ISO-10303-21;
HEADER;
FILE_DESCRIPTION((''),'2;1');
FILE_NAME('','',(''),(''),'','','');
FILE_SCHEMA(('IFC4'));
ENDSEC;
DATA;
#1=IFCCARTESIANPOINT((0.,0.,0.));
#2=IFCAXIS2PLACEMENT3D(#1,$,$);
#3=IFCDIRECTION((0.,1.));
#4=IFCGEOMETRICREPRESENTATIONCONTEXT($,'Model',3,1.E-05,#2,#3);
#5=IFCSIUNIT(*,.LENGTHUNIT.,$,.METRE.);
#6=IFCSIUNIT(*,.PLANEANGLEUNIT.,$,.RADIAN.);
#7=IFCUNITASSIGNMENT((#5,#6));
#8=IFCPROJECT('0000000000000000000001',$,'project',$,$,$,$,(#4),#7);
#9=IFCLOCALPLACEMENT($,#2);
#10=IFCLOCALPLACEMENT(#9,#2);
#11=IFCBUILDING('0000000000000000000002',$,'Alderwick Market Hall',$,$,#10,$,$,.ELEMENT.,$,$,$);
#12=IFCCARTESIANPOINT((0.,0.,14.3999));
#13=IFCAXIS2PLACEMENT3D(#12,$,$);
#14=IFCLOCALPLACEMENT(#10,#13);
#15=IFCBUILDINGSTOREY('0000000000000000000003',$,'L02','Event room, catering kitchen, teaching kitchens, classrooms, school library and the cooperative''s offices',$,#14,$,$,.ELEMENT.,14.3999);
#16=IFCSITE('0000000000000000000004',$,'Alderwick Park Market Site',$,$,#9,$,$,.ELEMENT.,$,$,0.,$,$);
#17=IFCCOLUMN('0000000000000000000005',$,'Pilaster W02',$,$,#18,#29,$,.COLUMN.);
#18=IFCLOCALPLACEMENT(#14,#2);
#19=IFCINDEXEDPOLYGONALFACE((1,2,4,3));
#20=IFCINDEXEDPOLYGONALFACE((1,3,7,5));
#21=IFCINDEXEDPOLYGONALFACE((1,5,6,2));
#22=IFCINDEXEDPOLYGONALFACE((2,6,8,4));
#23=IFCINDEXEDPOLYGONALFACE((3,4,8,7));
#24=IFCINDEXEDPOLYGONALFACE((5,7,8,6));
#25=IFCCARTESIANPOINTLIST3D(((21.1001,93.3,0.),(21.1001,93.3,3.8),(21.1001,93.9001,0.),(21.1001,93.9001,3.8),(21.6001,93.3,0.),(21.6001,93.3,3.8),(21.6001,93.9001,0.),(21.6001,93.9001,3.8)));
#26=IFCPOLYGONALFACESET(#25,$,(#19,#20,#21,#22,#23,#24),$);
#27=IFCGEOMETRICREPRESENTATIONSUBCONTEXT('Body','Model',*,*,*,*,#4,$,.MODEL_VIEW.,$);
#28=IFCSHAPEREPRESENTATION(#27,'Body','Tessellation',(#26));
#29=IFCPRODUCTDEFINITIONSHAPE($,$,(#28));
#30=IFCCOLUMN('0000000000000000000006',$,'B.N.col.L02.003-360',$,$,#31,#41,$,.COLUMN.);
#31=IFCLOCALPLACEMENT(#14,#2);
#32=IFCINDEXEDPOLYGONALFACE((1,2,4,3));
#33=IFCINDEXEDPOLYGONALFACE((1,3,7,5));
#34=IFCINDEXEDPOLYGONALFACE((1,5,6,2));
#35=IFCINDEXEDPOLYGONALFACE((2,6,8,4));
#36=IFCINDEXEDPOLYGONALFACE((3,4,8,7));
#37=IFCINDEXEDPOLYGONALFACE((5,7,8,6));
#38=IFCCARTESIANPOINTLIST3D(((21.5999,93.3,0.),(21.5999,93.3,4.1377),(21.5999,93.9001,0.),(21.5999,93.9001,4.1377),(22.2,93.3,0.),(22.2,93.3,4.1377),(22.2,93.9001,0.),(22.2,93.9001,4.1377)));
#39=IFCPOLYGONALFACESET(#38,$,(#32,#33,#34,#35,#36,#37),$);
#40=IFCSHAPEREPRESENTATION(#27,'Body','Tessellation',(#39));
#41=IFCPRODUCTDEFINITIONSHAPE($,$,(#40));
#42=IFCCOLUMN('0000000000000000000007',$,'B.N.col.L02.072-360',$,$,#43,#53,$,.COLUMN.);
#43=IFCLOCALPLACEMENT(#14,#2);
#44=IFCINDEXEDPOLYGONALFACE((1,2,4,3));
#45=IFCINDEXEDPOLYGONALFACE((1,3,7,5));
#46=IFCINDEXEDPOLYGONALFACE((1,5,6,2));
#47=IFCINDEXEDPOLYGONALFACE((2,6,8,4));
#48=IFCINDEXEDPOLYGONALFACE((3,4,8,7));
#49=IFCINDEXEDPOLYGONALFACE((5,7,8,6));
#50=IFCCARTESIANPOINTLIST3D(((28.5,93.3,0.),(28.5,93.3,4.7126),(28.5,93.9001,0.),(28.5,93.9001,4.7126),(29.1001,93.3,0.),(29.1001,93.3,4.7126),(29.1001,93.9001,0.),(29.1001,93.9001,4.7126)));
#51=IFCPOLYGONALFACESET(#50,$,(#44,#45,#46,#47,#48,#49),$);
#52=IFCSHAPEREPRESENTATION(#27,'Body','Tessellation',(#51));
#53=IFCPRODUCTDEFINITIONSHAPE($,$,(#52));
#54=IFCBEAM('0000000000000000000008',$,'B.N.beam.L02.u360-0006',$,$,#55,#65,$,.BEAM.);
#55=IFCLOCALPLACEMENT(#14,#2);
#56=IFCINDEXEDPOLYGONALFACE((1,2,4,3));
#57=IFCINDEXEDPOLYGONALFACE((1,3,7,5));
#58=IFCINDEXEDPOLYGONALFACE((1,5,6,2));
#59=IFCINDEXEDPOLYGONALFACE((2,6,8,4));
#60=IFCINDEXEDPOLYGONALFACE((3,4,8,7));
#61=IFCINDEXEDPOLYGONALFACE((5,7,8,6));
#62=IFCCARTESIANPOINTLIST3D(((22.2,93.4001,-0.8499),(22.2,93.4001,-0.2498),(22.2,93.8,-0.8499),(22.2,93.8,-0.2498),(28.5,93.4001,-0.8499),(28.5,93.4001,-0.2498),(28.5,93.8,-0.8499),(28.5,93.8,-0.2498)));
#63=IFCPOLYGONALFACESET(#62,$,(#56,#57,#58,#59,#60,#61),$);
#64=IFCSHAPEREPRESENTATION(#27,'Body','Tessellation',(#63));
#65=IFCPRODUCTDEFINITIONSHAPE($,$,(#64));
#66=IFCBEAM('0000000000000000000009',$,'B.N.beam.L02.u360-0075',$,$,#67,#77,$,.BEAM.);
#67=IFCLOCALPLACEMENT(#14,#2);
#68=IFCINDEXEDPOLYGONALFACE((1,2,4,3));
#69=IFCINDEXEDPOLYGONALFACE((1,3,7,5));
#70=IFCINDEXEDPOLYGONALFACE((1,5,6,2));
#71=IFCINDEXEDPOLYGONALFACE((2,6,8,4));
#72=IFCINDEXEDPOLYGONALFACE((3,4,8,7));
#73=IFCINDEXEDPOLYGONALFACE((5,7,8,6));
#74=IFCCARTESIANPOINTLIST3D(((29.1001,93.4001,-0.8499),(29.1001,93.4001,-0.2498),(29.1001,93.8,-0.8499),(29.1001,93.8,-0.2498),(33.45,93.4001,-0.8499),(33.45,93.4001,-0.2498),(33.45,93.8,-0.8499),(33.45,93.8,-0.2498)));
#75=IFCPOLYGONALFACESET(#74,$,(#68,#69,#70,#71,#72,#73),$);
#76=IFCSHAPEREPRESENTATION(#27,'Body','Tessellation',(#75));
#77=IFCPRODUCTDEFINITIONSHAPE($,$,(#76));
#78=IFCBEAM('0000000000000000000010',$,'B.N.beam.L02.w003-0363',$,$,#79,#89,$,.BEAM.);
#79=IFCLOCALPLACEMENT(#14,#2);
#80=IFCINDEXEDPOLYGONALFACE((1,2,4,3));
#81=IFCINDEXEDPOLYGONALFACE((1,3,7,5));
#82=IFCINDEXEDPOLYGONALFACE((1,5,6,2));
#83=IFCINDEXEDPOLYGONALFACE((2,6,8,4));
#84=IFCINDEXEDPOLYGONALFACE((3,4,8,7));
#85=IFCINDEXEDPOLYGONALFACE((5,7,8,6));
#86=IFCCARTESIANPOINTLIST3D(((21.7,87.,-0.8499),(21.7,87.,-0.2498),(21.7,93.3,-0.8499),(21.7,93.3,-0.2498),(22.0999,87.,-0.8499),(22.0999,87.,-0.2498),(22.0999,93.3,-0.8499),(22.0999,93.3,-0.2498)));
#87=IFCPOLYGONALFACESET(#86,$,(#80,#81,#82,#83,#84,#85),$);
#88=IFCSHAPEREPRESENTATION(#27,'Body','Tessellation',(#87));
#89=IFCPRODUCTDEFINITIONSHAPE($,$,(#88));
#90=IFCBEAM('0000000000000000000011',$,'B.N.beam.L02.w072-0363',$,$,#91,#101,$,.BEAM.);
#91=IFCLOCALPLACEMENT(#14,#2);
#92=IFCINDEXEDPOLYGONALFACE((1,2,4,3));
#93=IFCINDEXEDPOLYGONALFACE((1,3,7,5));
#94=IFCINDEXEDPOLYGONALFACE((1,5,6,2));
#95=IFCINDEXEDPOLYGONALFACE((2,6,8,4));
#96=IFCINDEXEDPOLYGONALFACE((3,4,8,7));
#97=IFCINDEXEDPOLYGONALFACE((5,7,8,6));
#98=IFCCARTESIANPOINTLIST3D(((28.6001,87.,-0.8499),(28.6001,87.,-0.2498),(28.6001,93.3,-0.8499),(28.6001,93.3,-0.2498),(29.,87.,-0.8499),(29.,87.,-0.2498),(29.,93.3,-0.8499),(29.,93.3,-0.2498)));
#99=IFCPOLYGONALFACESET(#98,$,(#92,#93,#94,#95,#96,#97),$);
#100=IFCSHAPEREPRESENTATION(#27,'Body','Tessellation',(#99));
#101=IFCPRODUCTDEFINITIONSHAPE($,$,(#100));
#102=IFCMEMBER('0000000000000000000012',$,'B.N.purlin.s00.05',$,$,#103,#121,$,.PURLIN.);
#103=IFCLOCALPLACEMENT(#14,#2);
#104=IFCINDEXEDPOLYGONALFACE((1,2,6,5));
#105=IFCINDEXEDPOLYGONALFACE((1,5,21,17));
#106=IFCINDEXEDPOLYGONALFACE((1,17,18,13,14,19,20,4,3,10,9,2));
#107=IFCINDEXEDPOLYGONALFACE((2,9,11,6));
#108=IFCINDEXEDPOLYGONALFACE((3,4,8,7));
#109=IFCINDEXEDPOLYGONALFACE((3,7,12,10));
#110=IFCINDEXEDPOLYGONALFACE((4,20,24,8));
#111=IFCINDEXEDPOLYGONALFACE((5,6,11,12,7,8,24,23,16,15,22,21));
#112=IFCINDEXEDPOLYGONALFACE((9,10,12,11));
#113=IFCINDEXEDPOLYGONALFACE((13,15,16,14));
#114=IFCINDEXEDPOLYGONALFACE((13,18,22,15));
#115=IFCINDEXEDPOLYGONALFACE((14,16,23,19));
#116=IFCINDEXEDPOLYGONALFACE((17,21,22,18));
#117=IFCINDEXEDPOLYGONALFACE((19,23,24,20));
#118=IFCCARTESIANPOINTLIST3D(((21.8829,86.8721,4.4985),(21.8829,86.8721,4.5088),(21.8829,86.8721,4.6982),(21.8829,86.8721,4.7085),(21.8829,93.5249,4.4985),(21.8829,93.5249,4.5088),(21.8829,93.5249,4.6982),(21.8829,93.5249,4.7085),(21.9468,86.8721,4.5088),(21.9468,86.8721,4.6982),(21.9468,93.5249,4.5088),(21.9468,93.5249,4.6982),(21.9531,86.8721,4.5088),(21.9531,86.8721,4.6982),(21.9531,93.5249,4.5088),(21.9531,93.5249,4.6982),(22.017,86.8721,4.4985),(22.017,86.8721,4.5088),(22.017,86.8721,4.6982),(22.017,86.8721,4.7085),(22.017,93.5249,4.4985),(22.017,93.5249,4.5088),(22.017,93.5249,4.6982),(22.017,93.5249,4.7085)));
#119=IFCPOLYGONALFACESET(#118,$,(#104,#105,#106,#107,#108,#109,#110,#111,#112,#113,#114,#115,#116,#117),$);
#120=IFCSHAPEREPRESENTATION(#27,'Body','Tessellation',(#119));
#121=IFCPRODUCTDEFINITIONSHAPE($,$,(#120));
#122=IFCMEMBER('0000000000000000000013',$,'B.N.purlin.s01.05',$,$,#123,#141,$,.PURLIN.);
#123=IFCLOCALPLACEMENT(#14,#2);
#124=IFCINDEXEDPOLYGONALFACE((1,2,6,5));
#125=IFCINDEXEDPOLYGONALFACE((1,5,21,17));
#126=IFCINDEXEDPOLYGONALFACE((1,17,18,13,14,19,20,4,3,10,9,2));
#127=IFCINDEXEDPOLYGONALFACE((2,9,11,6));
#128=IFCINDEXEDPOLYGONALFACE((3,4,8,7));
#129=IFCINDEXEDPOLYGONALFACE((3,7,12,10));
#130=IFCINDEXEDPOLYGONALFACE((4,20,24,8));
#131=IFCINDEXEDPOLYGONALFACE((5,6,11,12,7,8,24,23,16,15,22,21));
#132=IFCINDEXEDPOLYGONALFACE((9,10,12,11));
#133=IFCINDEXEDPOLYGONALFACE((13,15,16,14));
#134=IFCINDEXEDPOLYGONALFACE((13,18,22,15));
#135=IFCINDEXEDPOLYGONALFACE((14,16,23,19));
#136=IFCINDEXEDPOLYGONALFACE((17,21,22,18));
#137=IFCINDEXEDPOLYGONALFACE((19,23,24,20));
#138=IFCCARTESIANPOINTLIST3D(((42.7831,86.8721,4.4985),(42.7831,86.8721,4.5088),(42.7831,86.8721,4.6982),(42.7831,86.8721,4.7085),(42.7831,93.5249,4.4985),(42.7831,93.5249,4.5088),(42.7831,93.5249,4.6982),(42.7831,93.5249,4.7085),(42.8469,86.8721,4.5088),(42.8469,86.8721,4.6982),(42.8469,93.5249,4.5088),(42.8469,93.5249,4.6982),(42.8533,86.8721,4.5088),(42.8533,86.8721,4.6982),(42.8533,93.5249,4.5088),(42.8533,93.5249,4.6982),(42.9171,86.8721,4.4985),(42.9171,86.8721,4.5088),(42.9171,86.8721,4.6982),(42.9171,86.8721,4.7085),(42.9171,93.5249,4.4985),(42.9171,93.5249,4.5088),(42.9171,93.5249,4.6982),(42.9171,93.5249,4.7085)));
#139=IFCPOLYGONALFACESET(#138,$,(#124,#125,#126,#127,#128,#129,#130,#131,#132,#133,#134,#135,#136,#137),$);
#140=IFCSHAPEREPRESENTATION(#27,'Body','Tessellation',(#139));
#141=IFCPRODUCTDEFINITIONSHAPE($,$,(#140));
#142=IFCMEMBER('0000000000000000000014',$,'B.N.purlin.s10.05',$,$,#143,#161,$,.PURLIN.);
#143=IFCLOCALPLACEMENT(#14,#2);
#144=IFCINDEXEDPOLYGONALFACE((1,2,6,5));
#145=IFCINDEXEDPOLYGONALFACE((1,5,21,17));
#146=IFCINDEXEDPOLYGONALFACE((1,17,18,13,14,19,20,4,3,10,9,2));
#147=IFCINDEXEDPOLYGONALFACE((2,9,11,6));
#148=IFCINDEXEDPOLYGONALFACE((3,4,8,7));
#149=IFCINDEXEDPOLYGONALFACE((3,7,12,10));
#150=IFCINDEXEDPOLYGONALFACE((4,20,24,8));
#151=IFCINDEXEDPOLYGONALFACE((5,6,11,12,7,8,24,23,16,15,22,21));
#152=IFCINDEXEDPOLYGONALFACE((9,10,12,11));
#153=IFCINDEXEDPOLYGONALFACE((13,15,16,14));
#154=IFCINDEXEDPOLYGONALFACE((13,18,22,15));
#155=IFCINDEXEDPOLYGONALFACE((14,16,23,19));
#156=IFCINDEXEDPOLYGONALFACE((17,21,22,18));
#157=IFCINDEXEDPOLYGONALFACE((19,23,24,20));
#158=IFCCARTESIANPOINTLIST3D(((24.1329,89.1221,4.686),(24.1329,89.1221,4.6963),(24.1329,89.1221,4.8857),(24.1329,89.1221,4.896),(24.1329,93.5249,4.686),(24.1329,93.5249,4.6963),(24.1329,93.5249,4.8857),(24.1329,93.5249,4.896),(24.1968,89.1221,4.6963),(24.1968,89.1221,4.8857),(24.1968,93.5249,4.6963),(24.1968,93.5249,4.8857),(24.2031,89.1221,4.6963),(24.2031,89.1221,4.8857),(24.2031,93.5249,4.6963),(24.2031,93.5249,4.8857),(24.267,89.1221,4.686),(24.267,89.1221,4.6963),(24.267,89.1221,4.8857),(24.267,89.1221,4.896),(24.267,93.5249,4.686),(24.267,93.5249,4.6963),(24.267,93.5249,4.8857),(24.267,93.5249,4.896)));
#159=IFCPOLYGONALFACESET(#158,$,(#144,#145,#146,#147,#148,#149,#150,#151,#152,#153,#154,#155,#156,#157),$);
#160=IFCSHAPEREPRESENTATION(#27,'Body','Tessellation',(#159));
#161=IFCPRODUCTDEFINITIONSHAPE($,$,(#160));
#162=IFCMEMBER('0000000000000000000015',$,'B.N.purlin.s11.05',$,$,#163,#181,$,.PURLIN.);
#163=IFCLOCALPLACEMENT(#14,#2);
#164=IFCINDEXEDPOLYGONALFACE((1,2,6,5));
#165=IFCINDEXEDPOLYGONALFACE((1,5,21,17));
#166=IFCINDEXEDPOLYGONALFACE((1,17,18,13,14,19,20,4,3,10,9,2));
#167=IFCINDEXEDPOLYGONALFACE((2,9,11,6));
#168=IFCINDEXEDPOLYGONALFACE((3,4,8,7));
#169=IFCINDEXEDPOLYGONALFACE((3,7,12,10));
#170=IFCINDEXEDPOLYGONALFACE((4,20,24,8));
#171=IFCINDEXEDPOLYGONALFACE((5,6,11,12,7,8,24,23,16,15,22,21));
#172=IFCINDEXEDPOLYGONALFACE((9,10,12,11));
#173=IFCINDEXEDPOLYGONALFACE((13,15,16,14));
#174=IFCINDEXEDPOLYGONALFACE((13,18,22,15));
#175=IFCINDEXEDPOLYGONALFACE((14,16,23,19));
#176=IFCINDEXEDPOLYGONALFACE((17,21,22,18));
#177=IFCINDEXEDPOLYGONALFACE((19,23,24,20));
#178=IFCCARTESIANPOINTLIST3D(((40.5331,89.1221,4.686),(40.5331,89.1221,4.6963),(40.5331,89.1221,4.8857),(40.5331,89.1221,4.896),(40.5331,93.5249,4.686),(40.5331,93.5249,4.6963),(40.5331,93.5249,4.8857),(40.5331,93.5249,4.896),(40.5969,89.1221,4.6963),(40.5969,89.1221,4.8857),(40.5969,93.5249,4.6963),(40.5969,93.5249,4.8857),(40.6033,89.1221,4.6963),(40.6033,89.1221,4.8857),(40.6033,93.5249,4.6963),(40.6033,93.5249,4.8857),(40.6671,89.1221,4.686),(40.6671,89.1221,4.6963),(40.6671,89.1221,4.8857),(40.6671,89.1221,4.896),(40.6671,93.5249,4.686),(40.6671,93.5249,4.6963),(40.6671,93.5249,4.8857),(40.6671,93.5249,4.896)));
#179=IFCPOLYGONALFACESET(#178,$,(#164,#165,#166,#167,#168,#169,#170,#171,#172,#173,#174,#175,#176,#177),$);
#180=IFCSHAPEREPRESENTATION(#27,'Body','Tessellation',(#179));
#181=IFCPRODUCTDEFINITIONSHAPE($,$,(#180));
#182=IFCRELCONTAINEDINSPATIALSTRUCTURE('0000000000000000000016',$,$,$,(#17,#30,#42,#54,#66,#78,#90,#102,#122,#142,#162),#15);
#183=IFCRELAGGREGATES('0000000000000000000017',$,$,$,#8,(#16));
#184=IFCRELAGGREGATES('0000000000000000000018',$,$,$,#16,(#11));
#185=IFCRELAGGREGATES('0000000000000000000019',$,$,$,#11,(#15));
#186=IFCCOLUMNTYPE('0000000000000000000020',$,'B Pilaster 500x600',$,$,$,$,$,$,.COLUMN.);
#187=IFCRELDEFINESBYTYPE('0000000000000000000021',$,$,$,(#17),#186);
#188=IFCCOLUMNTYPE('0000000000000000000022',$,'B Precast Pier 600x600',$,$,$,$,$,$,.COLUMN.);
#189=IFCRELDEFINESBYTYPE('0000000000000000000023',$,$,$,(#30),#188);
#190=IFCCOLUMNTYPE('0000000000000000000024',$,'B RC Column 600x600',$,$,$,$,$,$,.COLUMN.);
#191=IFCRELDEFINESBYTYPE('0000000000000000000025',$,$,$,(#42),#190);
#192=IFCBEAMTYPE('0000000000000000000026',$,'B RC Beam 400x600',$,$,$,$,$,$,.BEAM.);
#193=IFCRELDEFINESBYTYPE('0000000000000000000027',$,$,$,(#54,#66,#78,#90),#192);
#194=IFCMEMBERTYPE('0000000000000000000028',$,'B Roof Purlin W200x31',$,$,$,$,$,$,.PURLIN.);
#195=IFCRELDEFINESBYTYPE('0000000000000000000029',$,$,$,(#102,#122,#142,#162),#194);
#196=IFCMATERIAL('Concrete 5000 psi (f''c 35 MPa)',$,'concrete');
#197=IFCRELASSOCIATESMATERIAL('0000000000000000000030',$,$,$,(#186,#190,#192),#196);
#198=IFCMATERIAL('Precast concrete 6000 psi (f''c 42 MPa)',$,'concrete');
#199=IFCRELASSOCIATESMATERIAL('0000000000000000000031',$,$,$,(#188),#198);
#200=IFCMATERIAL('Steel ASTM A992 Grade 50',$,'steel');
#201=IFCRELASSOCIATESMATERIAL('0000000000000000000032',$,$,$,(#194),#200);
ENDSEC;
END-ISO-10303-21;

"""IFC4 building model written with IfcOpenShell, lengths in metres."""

from ifc_helpers import new_model, si_unit, direction, frame, origin, origin_2d, place, context, subcontext, project, spatial, rectangle, i_section, extrude, material, material_profile, profile_set, type_object, element, save


model = new_model("IFC4")

# Units and contexts
model_context = context("Model", 3, precision=1e-05, world=origin(), true_north=direction((0.0, 1.0)))
body_context = subcontext(model_context, "Body", "Model", "MODEL_VIEW")
ifc_project = project(units=[si_unit("LENGTHUNIT", "METRE"), si_unit("PLANEANGLEUNIT", "RADIAN")], contexts=[model_context])

# Site, building, storey
site_placement = place(None, origin())
site = spatial("IfcSite", under=ifc_project, at=site_placement, Name="Alderwick Park Market Site", CompositionType="ELEMENT", RefElevation=0.0)
building_placement = place(site_placement, origin())
building = spatial("IfcBuilding", under=site, at=building_placement, Name="Alderwick Market Hall", CompositionType="ELEMENT")
storey_placement = place(building_placement, frame((0.0, 0.0, 14.3999)))
storey = spatial("IfcBuildingStorey", under=building, at=storey_placement, Name="L02", Description="Event room, catering kitchen, teaching kitchens, classrooms, school library and the cooperative's offices", CompositionType="ELEMENT", Elevation=14.3999)

# Columns
ifc_material_1 = material(Name="Concrete 5000 psi (f'c 35 MPa)", Category="concrete")
ifc_material_profile_1 = material_profile(ifc_material_1, rectangle(XDim=0.5, YDim=0.6001, at=origin_2d()), Name="B Pilaster 500x600")
ifc_profile_set_1 = profile_set([ifc_material_profile_1], Name="Concrete 5000 psi (f'c 35 MPa)")
column_type_1 = type_object("IfcColumnType", Name="B Pilaster 500x600", PredefinedType="COLUMN", material=ifc_profile_set_1)
column_1_placement = place(storey_placement, frame((21.3501, 93.6001, 0.0), z_axis=(0.0, 0.0, 1.0), x_axis=(1.0, 0.0, 0.0)))
element("IfcColumn", 1, at=column_1_placement, inside=storey, type_object=column_type_1, Name="Pilaster W02", PredefinedType="COLUMN", context=body_context, shape_type="SweptSolid", body=[
    extrude(rectangle(XDim=0.5, YDim=0.6001, at=origin_2d()), origin(), (0.0, 0.0, 1.0), 3.8),
])
ifc_material_2 = material(Name="Precast concrete 6000 psi (f'c 42 MPa)", Category="concrete")
ifc_material_profile_2 = material_profile(ifc_material_2, rectangle(XDim=0.6001, YDim=0.6001, at=origin_2d()), Name="B Precast Pier 600x600")
ifc_profile_set_2 = profile_set([ifc_material_profile_2], Name="Precast concrete 6000 psi (f'c 42 MPa)")
column_type_2 = type_object("IfcColumnType", Name="B Precast Pier 600x600", PredefinedType="COLUMN", material=ifc_profile_set_2)
column_2_placement = place(storey_placement, frame((21.8999, 93.6001, 0.0), z_axis=(0.0, 0.0, 1.0), x_axis=(1.0, 0.0, 0.0)))
element("IfcColumn", 2, at=column_2_placement, inside=storey, type_object=column_type_2, Name="B.N.col.L02.003-360", PredefinedType="COLUMN", context=body_context, shape_type="SweptSolid", body=[
    extrude(rectangle(XDim=0.6001, YDim=0.6001, at=origin_2d()), origin(), (0.0, 0.0, 1.0), 4.1377),
])
ifc_material_profile_3 = material_profile(ifc_material_1, rectangle(XDim=0.6001, YDim=0.6001, at=origin_2d()), Name="B RC Column 600x600")
ifc_profile_set_3 = profile_set([ifc_material_profile_3], Name="Concrete 5000 psi (f'c 35 MPa)")
column_type_3 = type_object("IfcColumnType", Name="B RC Column 600x600", PredefinedType="COLUMN", material=ifc_profile_set_3)
column_3_placement = place(storey_placement, frame((28.8, 93.6001, 0.0), z_axis=(0.0, 0.0, 1.0), x_axis=(1.0, 0.0, 0.0)))
element("IfcColumn", 3, at=column_3_placement, inside=storey, type_object=column_type_3, Name="B.N.col.L02.072-360", PredefinedType="COLUMN", context=body_context, shape_type="SweptSolid", body=[
    extrude(rectangle(XDim=0.6001, YDim=0.6001, at=origin_2d()), origin(), (0.0, 0.0, 1.0), 4.7126),
])

# Beams
ifc_material_profile_4 = material_profile(ifc_material_1, rectangle(XDim=0.3999, YDim=0.6001, at=origin_2d()), Name="B RC Beam 400x600")
ifc_profile_set_4 = profile_set([ifc_material_profile_4], Name="Concrete 5000 psi (f'c 35 MPa)")
beam_type_1 = type_object("IfcBeamType", Name="B RC Beam 400x600", PredefinedType="BEAM", material=ifc_profile_set_4)
beam_1_placement = place(storey_placement, frame((22.2, 93.6001, -0.5498), z_axis=(1.0, 0.0, 0.0), x_axis=(0.0, 1.0, 0.0)))
element("IfcBeam", 4, at=beam_1_placement, inside=storey, type_object=beam_type_1, Name="B.N.beam.L02.u360-0006", PredefinedType="BEAM", context=body_context, shape_type="SweptSolid", body=[
    extrude(rectangle(XDim=0.3999, YDim=0.6001, at=origin_2d()), origin(), (0.0, 0.0, 1.0), 6.3),
])
beam_2_placement = place(storey_placement, frame((29.1001, 93.6001, -0.5498), z_axis=(1.0, 0.0, 0.0), x_axis=(0.0, 1.0, 0.0)))
element("IfcBeam", 5, at=beam_2_placement, inside=storey, type_object=beam_type_1, Name="B.N.beam.L02.u360-0075", PredefinedType="BEAM", context=body_context, shape_type="SweptSolid", body=[
    extrude(rectangle(XDim=0.3999, YDim=0.6001, at=origin_2d()), origin(), (0.0, 0.0, 1.0), 4.3499),
])
for number, where, z_axis, x_axis, name in (
    (6, (21.8999, 93.3, -0.5498), (0.0, -1.0, 0.0), (1.0, 0.0, 0.0), "B.N.beam.L02.w003-0363"),
    (7, (28.8, 93.3, -0.5498), (0.0, -1.0, 0.0), (1.0, 0.0, 0.0), "B.N.beam.L02.w072-0363"),
):
    element("IfcBeam", number, at=place(storey_placement, frame(where, z_axis=z_axis, x_axis=x_axis)), inside=storey, type_object=beam_type_1, Name=name, PredefinedType="BEAM", context=body_context, shape_type="SweptSolid", body=[
        extrude(rectangle(XDim=0.3999, YDim=0.6001, at=origin_2d()), origin(), (0.0, 0.0, 1.0), 6.3),
    ])

# Members
ifc_material_3 = material(Name="Steel ASTM A992 Grade 50", Category="steel")
ifc_material_profile_5 = material_profile(ifc_material_3, i_section(OverallWidth=0.134, OverallDepth=0.21, WebThickness=0.0063, FlangeThickness=0.0103, at=origin_2d()), Name="W200x31")
ifc_profile_set_5 = profile_set([ifc_material_profile_5], Name="Steel ASTM A992 Grade 50")
member_type = type_object("IfcMemberType", Name="B Roof Purlin W200x31", PredefinedType="PURLIN", material=ifc_profile_set_5)
for number, where, z_axis, x_axis, name in (
    (8, (21.95, 93.5249, 4.6035), (0.0, -1.0, 0.0), (1.0, 0.0, 0.0), "B.N.purlin.s00.05"),
    (9, (42.8501, 93.5249, 4.6035), (0.0, -1.0, 0.0), (1.0, 0.0, 0.0), "B.N.purlin.s01.05"),
):
    element("IfcMember", number, at=place(storey_placement, frame(where, z_axis=z_axis, x_axis=x_axis)), inside=storey, type_object=member_type, Name=name, PredefinedType="PURLIN", context=body_context, shape_type="SweptSolid", body=[
        extrude(i_section(OverallWidth=0.134, OverallDepth=0.21, WebThickness=0.0063, FlangeThickness=0.0103, at=origin_2d()), origin(), (0.0, 0.0, 1.0), 6.6528),
    ])
for number, where, z_axis, x_axis, name in (
    (10, (24.2, 93.5249, 4.791), (0.0, -1.0, 0.0), (1.0, 0.0, 0.0), "B.N.purlin.s10.05"),
    (11, (40.6001, 93.5249, 4.791), (0.0, -1.0, 0.0), (1.0, 0.0, 0.0), "B.N.purlin.s11.05"),
):
    element("IfcMember", number, at=place(storey_placement, frame(where, z_axis=z_axis, x_axis=x_axis)), inside=storey, type_object=member_type, Name=name, PredefinedType="PURLIN", context=body_context, shape_type="SweptSolid", body=[
        extrude(i_section(OverallWidth=0.134, OverallDepth=0.21, WebThickness=0.0063, FlangeThickness=0.0103, at=origin_2d()), origin(), (0.0, 0.0, 1.0), 4.4028),
    ])

save(model, "model.ifc")
